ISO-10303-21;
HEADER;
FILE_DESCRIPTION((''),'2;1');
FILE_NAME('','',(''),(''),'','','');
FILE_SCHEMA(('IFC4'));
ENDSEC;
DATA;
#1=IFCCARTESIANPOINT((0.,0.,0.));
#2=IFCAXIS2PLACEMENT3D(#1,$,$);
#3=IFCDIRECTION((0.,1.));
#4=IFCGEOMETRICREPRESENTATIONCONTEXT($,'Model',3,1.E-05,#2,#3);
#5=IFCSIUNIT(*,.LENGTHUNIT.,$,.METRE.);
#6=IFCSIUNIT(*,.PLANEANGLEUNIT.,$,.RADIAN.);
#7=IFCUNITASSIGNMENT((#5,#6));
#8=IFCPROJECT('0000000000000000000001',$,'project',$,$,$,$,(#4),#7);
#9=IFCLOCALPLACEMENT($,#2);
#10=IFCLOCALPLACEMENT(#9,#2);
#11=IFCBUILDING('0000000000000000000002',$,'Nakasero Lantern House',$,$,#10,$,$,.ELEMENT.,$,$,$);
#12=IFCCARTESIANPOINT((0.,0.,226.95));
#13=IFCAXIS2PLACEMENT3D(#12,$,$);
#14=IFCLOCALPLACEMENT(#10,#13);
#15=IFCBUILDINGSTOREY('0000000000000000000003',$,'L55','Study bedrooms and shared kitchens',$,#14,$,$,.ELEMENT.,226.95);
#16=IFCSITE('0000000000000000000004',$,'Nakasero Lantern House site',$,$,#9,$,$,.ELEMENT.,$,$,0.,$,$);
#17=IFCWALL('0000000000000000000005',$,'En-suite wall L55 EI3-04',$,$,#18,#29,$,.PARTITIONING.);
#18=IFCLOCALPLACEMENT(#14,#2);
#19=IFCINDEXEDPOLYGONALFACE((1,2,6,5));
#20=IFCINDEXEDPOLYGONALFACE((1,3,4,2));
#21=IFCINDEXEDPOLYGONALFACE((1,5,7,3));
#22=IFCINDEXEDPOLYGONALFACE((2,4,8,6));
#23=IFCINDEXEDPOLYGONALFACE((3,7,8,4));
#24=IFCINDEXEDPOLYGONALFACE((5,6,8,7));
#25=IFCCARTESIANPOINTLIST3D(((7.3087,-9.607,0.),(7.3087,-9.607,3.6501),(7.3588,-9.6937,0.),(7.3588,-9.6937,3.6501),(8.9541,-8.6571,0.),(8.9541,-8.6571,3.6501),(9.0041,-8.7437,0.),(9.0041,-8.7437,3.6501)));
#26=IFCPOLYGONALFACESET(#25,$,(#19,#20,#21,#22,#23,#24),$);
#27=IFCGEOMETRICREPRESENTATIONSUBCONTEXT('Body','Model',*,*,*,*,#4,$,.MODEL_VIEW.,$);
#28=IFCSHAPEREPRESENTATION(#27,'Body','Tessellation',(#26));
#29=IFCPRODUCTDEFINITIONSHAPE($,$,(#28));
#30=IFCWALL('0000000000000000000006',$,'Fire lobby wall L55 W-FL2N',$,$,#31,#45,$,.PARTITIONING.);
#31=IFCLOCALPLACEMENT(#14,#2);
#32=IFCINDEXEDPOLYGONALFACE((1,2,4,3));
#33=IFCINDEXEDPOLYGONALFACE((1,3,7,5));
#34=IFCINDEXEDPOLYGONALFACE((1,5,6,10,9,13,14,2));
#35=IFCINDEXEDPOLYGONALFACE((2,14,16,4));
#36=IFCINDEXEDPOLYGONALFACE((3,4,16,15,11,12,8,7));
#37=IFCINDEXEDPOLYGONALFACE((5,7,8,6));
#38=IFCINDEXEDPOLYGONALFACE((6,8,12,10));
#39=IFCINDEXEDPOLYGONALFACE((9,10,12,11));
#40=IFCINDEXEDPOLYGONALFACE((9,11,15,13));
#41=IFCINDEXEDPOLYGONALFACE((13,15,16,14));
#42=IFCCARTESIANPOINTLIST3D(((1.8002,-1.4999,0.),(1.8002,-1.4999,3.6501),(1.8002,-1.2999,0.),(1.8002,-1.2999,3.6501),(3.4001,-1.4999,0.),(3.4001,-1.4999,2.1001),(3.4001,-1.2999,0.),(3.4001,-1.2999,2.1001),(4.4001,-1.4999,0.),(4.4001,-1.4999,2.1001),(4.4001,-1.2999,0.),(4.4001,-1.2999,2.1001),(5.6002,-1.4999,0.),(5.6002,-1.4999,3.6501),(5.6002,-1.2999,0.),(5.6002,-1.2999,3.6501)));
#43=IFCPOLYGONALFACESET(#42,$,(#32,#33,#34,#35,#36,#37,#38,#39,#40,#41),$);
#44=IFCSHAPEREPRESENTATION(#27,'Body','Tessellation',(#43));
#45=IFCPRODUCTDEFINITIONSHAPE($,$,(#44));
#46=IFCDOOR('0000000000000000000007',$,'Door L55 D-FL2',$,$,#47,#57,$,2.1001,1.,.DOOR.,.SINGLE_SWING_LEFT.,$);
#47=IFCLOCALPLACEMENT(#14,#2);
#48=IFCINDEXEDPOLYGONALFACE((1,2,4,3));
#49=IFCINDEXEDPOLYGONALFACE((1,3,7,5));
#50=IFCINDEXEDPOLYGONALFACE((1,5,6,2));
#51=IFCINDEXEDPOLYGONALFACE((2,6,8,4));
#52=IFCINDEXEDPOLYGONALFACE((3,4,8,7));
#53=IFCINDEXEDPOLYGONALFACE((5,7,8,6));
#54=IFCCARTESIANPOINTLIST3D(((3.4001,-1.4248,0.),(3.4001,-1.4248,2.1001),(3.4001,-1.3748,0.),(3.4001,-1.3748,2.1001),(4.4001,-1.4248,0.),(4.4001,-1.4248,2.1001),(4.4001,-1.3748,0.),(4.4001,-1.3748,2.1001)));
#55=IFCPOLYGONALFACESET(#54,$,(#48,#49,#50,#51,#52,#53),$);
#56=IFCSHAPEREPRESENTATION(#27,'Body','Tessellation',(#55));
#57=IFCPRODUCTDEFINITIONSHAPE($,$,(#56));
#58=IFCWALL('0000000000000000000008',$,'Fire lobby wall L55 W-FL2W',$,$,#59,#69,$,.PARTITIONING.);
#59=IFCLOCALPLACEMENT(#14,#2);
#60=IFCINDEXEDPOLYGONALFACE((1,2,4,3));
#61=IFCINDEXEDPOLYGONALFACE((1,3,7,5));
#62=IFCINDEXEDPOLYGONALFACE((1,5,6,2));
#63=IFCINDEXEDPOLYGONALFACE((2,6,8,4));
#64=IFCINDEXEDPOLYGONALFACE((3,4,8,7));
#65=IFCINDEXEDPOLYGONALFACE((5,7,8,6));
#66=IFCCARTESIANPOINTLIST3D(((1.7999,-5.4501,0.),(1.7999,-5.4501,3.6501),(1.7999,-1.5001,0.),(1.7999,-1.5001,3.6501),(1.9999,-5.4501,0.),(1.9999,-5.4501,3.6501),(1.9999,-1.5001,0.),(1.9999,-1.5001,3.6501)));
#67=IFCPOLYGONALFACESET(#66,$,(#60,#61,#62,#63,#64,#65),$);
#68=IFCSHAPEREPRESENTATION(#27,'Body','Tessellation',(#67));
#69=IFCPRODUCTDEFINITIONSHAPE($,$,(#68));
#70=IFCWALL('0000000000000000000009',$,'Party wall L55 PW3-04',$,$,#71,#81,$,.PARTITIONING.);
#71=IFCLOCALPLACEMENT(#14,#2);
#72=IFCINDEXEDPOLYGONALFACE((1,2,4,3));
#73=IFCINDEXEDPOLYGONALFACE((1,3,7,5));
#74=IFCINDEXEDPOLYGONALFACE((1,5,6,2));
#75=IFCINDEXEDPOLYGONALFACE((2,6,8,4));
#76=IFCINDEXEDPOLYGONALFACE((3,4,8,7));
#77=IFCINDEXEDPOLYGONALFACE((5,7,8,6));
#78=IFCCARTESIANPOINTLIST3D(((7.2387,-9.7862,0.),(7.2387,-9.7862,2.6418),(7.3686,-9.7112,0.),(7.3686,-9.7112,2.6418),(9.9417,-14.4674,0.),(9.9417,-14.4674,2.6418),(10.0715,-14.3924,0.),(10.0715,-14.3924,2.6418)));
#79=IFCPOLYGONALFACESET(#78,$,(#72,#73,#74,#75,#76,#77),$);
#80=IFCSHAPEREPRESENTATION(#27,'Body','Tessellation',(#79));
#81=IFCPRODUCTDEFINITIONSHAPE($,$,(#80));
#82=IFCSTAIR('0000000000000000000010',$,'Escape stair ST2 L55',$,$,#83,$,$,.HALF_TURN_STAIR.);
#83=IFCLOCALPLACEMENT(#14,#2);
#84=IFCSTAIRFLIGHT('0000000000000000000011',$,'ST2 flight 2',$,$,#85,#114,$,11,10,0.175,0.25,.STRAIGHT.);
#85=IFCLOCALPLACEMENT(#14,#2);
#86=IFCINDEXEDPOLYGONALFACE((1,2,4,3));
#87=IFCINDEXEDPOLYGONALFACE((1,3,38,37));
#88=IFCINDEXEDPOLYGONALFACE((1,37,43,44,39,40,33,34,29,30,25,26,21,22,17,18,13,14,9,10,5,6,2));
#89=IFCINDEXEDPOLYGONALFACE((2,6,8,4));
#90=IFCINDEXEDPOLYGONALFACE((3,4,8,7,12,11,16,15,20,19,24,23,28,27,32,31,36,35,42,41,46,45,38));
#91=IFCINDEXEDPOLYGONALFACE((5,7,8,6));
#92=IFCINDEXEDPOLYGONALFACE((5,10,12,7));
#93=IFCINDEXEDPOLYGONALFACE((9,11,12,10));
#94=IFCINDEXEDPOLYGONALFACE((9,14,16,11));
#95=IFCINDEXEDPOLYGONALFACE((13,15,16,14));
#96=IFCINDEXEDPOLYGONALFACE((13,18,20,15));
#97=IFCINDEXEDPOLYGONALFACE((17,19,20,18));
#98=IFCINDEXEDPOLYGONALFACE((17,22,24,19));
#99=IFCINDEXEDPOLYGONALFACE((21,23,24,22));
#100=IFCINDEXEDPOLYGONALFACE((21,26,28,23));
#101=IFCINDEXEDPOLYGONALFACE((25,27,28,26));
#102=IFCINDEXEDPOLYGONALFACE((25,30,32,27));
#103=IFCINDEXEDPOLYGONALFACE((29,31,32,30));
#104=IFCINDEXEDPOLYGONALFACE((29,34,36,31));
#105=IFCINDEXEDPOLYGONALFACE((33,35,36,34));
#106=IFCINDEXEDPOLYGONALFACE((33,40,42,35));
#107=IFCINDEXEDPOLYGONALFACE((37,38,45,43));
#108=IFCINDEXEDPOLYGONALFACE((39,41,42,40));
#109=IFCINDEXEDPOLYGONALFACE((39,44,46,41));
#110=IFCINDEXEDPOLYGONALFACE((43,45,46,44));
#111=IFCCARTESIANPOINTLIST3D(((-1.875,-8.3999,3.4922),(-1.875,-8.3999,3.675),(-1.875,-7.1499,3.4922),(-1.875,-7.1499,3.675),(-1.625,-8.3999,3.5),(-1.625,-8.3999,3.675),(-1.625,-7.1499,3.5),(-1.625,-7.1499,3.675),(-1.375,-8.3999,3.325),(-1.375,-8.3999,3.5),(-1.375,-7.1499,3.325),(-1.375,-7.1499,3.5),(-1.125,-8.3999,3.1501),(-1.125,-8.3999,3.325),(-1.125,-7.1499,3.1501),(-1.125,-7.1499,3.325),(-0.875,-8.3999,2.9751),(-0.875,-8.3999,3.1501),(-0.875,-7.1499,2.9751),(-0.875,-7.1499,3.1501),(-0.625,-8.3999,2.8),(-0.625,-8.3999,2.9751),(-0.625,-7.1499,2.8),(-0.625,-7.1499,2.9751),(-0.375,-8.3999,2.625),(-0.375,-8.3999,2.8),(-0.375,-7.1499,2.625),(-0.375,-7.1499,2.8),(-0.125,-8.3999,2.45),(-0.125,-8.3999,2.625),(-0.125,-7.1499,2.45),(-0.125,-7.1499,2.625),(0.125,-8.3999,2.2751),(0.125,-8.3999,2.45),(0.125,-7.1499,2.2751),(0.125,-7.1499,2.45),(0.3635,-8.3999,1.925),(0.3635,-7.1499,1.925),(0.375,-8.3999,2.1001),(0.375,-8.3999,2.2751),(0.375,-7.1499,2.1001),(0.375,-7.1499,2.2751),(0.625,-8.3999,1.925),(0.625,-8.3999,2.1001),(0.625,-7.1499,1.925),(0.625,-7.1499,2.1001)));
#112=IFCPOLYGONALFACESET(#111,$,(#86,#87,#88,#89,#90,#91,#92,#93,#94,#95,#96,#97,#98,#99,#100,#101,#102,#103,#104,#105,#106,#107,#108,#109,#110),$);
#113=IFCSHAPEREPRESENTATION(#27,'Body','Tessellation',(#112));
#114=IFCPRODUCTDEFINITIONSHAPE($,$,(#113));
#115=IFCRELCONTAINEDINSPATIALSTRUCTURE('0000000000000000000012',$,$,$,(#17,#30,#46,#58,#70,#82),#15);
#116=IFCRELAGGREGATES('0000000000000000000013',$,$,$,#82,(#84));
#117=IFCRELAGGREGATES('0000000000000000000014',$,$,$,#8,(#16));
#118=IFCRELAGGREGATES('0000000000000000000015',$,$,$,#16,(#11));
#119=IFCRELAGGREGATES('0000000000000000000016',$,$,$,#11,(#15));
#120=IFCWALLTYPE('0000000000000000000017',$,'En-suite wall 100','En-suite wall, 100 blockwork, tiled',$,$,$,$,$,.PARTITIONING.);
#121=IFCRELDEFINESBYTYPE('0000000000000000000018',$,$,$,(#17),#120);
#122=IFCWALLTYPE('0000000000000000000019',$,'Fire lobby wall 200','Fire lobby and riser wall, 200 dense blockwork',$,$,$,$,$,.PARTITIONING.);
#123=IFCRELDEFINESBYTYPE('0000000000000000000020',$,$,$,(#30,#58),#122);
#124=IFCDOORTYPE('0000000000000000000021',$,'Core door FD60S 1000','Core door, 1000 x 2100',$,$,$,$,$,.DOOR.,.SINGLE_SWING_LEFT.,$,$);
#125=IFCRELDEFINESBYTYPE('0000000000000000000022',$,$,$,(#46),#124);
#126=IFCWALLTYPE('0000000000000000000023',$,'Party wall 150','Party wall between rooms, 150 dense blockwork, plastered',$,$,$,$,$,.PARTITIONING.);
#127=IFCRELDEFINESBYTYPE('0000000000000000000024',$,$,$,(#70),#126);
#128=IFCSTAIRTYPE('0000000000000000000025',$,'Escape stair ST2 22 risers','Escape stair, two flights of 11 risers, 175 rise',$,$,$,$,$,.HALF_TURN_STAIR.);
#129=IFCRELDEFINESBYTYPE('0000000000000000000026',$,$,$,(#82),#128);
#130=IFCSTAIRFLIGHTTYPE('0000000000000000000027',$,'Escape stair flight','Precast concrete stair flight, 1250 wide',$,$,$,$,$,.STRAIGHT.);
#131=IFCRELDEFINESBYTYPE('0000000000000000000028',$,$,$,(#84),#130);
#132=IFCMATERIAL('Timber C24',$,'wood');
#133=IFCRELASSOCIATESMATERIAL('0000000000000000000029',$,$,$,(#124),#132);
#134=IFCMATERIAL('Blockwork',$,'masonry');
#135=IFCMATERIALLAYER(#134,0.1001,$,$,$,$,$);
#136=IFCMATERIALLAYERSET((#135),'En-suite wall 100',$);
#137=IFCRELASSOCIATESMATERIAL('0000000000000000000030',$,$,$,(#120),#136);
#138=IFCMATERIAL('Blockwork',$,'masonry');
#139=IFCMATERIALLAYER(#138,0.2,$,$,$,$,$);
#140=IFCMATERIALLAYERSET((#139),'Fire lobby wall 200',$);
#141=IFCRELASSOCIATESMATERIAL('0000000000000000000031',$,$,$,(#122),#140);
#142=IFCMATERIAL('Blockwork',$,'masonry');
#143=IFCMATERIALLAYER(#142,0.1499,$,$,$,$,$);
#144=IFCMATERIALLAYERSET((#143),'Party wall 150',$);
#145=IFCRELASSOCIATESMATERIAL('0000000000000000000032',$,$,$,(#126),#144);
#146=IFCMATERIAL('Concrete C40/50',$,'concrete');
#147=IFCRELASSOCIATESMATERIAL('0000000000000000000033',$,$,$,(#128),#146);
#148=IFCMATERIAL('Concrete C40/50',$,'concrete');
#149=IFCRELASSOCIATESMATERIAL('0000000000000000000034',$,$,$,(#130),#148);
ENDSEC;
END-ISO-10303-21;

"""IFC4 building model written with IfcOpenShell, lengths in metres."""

from ifc_helpers import new_model, si_unit, direction, frame, frame_2d, origin, place, context, subcontext, project, spatial, polyline, rectangle, outline, extrude, material, layer, layer_set, type_object, element, fill, aggregate, save


model = new_model("IFC4")

# Units and contexts
model_context = context("Model", 3, precision=1e-05, world=origin(), true_north=direction((0.0, 1.0)))
body_context = subcontext(model_context, "Body", "Model", "MODEL_VIEW")
ifc_project = project(units=[si_unit("LENGTHUNIT", "METRE"), si_unit("PLANEANGLEUNIT", "RADIAN")], contexts=[model_context])

# Site, building, storey
site_placement = place(None, origin())
site = spatial("IfcSite", under=ifc_project, at=site_placement, Name="Nakasero Lantern House site", CompositionType="ELEMENT", RefElevation=0.0)
building_placement = place(site_placement, origin())
building = spatial("IfcBuilding", under=site, at=building_placement, Name="Nakasero Lantern House", CompositionType="ELEMENT")
storey_placement = place(building_placement, frame((0.0, 0.0, 226.95)))
storey = spatial("IfcBuildingStorey", under=building, at=storey_placement, Name="L55", Description="Study bedrooms and shared kitchens", CompositionType="ELEMENT", Elevation=226.95)

# Shared definitions
ifc_material_1 = material(Name="Timber C24", Category="wood")
door_type_1 = type_object("IfcDoorType", Name="Core door FD60S 1000", Description="Core door, 1000 x 2100", OperationType="SINGLE_SWING_LEFT", PredefinedType="DOOR", material=ifc_material_1)

# Wall
ifc_material_2 = material(Name="Blockwork", Category="masonry")
ifc_layer_1 = layer(ifc_material_2, 0.1001)
ifc_layer_set_1 = layer_set([ifc_layer_1], Name="En-suite wall 100")
wall_type_1 = type_object("IfcWallType", Name="En-suite wall 100", Description="En-suite wall, 100 blockwork, tiled", PredefinedType="PARTITIONING", material=ifc_layer_set_1)
wall_1_placement = place(storey_placement, frame((7.3337, -9.6504, 0.0), z_axis=(0.0, 0.0, 1.0), x_axis=(0.866012, 0.500023, 0.0)))
element("IfcWall", 1, at=wall_1_placement, inside=storey, type_object=wall_type_1, Name="En-suite wall L55 EI3-04", PredefinedType="PARTITIONING", context=body_context, shape_type="SweptSolid", body=[
    extrude(rectangle(XDim=1.8999, YDim=0.1001, at=frame_2d((0.95, 0.0))), origin(), (0.0, 0.0, 1.0), 3.6501),
])

# Wall, opening, door
ifc_material_3 = material(Name="Blockwork", Category="masonry")
ifc_layer_2 = layer(ifc_material_3, 0.2)
ifc_layer_set_2 = layer_set([ifc_layer_2], Name="Fire lobby wall 200")
wall_type_2 = type_object("IfcWallType", Name="Fire lobby wall 200", Description="Fire lobby and riser wall, 200 dense blockwork", PredefinedType="PARTITIONING", material=ifc_layer_set_2)
wall_2_placement = place(storey_placement, frame((5.6001, -1.3999, 0.0), z_axis=(0.0, 0.0, 1.0), x_axis=(-1.0, 0.0, 0.0)))
wall_2 = element("IfcWall", 2, at=wall_2_placement, inside=storey, type_object=wall_type_2, Name="Fire lobby wall L55 W-FL2N", PredefinedType="PARTITIONING", context=body_context, shape_type="SweptSolid", body=[
    extrude(rectangle(XDim=3.8, YDim=0.2, at=frame_2d((1.8999, 0.0))), origin(), (0.0, 0.0, 1.0), 3.6501),
])
opening_1_placement = place(wall_2_placement, frame((1.2, 0.0, 0.0)))
opening_1 = element("IfcOpeningElement", 3, at=opening_1_placement, cuts=wall_2, PredefinedType="OPENING", context=body_context, shape_type="SweptSolid", body=[
    extrude(rectangle(XDim=1.0, YDim=2.1001, at=frame_2d((0.5, 1.05))), frame((0.0, 0.1199, 0.0), z_axis=(0.0, -1.0, 0.0), x_axis=(1.0, 0.0, 0.0)), (0.0, 0.0, 1.0), 0.24),
])
door_1_placement = place(opening_1_placement, origin())
door_1 = element("IfcDoor", 4, at=door_1_placement, inside=storey, type_object=door_type_1, Name="Door L55 D-FL2", OperationType="SINGLE_SWING_LEFT", OverallHeight=2.1001, OverallWidth=1.0, PredefinedType="DOOR", context=body_context, shape_type="SweptSolid", body=[
    extrude(rectangle(XDim=1.0, YDim=2.1001, at=frame_2d((0.5, 1.05))), frame((0.0, 0.0249, 0.0), z_axis=(0.0, -1.0, 0.0), x_axis=(1.0, 0.0, 0.0)), (0.0, 0.0, 1.0), 0.05),
])
fill(opening_1, door_1)

# Walls
wall_3_placement = place(storey_placement, frame((1.8999, -1.5, 0.0), z_axis=(0.0, 0.0, 1.0), x_axis=(0.0, -1.0, 0.0)))
element("IfcWall", 5, at=wall_3_placement, inside=storey, type_object=wall_type_2, Name="Fire lobby wall L55 W-FL2W", PredefinedType="PARTITIONING", context=body_context, shape_type="SweptSolid", body=[
    extrude(rectangle(XDim=3.95, YDim=0.2, at=frame_2d((1.9751, 0.0))), origin(), (0.0, 0.0, 1.0), 3.6501),
])
ifc_material_4 = material(Name="Blockwork", Category="masonry")
ifc_layer_3 = layer(ifc_material_4, 0.1499)
ifc_layer_set_3 = layer_set([ifc_layer_3], Name="Party wall 150")
wall_type_3 = type_object("IfcWallType", Name="Party wall 150", Description="Party wall between rooms, 150 dense blockwork, plastered", PredefinedType="PARTITIONING", material=ifc_layer_set_3)
wall_4_placement = place(storey_placement, frame((7.3037, -9.7488, 0.0), z_axis=(0.0, 0.0, 1.0), x_axis=(0.50003, -0.866008, 0.0)))
element("IfcWall", 6, at=wall_4_placement, inside=storey, type_object=wall_type_3, Name="Party wall L55 PW3-04", PredefinedType="PARTITIONING", context=body_context, shape_type="SweptSolid", body=[
    extrude(rectangle(XDim=5.4055, YDim=0.1499, at=frame_2d((2.7026, 0.0))), origin(), (0.0, 0.0, 1.0), 2.6418),
])

# Stair, stair flight
ifc_material_5 = material(Name="Concrete C40/50", Category="concrete")
stair_type_1 = type_object("IfcStairType", Name="Escape stair ST2 22 risers", Description="Escape stair, two flights of 11 risers, 175 rise", PredefinedType="HALF_TURN_STAIR", material=ifc_material_5)
stair_1_placement = place(storey_placement, origin())
stair_1 = element("IfcStair", 7, at=stair_1_placement, inside=storey, type_object=stair_type_1, Name="Escape stair ST2 L55", PredefinedType="HALF_TURN_STAIR")
ifc_material_6 = material(Name="Concrete C40/50", Category="concrete")
stair_flight_type = type_object("IfcStairFlightType", Name="Escape stair flight", Description="Precast concrete stair flight, 1250 wide", PredefinedType="STRAIGHT", material=ifc_material_6)
stair_flight_placement = place(storey_placement, frame((0.625, -7.7749, 1.925), z_axis=(0.0, 0.0, 1.0), x_axis=(-1.0, 0.0, 0.0)))
stair_flight = element("IfcStairFlight", 8, at=stair_flight_placement, type_object=stair_flight_type, Name="ST2 flight 2", NumberOfRisers=11, NumberOfTreads=10, PredefinedType="STRAIGHT", RiserHeight=0.175, TreadLength=0.25, context=body_context, shape_type="SweptSolid", body=[
    extrude(outline(polyline([(0.0, 0.0), (0.0, 0.175), (0.25, 0.175), (0.25, 0.3501), (0.5, 0.3501), (0.5, 0.5249), (0.75, 0.5249), (0.75, 0.7), (1.0, 0.7), (1.0, 0.875), (1.25, 0.875), (1.25, 1.05), (1.5, 1.05), (1.5, 1.2251), (1.75, 1.2251), (1.75, 1.3999), (2.0, 1.3999), (2.0, 1.575), (2.25, 1.575), (2.25, 1.75), (2.5, 1.75), (2.5, 1.925), (2.5, 1.5671), (0.2615, 0.0), (0.0, 0.0)])), frame((0.0, 0.625, 0.0), z_axis=(0.0, -1.0, 0.0), x_axis=(1.0, 0.0, 0.0)), (0.0, 0.0, 1.0), 1.25),
])
aggregate(stair_1, [stair_flight])

save(model, "model.ifc")
